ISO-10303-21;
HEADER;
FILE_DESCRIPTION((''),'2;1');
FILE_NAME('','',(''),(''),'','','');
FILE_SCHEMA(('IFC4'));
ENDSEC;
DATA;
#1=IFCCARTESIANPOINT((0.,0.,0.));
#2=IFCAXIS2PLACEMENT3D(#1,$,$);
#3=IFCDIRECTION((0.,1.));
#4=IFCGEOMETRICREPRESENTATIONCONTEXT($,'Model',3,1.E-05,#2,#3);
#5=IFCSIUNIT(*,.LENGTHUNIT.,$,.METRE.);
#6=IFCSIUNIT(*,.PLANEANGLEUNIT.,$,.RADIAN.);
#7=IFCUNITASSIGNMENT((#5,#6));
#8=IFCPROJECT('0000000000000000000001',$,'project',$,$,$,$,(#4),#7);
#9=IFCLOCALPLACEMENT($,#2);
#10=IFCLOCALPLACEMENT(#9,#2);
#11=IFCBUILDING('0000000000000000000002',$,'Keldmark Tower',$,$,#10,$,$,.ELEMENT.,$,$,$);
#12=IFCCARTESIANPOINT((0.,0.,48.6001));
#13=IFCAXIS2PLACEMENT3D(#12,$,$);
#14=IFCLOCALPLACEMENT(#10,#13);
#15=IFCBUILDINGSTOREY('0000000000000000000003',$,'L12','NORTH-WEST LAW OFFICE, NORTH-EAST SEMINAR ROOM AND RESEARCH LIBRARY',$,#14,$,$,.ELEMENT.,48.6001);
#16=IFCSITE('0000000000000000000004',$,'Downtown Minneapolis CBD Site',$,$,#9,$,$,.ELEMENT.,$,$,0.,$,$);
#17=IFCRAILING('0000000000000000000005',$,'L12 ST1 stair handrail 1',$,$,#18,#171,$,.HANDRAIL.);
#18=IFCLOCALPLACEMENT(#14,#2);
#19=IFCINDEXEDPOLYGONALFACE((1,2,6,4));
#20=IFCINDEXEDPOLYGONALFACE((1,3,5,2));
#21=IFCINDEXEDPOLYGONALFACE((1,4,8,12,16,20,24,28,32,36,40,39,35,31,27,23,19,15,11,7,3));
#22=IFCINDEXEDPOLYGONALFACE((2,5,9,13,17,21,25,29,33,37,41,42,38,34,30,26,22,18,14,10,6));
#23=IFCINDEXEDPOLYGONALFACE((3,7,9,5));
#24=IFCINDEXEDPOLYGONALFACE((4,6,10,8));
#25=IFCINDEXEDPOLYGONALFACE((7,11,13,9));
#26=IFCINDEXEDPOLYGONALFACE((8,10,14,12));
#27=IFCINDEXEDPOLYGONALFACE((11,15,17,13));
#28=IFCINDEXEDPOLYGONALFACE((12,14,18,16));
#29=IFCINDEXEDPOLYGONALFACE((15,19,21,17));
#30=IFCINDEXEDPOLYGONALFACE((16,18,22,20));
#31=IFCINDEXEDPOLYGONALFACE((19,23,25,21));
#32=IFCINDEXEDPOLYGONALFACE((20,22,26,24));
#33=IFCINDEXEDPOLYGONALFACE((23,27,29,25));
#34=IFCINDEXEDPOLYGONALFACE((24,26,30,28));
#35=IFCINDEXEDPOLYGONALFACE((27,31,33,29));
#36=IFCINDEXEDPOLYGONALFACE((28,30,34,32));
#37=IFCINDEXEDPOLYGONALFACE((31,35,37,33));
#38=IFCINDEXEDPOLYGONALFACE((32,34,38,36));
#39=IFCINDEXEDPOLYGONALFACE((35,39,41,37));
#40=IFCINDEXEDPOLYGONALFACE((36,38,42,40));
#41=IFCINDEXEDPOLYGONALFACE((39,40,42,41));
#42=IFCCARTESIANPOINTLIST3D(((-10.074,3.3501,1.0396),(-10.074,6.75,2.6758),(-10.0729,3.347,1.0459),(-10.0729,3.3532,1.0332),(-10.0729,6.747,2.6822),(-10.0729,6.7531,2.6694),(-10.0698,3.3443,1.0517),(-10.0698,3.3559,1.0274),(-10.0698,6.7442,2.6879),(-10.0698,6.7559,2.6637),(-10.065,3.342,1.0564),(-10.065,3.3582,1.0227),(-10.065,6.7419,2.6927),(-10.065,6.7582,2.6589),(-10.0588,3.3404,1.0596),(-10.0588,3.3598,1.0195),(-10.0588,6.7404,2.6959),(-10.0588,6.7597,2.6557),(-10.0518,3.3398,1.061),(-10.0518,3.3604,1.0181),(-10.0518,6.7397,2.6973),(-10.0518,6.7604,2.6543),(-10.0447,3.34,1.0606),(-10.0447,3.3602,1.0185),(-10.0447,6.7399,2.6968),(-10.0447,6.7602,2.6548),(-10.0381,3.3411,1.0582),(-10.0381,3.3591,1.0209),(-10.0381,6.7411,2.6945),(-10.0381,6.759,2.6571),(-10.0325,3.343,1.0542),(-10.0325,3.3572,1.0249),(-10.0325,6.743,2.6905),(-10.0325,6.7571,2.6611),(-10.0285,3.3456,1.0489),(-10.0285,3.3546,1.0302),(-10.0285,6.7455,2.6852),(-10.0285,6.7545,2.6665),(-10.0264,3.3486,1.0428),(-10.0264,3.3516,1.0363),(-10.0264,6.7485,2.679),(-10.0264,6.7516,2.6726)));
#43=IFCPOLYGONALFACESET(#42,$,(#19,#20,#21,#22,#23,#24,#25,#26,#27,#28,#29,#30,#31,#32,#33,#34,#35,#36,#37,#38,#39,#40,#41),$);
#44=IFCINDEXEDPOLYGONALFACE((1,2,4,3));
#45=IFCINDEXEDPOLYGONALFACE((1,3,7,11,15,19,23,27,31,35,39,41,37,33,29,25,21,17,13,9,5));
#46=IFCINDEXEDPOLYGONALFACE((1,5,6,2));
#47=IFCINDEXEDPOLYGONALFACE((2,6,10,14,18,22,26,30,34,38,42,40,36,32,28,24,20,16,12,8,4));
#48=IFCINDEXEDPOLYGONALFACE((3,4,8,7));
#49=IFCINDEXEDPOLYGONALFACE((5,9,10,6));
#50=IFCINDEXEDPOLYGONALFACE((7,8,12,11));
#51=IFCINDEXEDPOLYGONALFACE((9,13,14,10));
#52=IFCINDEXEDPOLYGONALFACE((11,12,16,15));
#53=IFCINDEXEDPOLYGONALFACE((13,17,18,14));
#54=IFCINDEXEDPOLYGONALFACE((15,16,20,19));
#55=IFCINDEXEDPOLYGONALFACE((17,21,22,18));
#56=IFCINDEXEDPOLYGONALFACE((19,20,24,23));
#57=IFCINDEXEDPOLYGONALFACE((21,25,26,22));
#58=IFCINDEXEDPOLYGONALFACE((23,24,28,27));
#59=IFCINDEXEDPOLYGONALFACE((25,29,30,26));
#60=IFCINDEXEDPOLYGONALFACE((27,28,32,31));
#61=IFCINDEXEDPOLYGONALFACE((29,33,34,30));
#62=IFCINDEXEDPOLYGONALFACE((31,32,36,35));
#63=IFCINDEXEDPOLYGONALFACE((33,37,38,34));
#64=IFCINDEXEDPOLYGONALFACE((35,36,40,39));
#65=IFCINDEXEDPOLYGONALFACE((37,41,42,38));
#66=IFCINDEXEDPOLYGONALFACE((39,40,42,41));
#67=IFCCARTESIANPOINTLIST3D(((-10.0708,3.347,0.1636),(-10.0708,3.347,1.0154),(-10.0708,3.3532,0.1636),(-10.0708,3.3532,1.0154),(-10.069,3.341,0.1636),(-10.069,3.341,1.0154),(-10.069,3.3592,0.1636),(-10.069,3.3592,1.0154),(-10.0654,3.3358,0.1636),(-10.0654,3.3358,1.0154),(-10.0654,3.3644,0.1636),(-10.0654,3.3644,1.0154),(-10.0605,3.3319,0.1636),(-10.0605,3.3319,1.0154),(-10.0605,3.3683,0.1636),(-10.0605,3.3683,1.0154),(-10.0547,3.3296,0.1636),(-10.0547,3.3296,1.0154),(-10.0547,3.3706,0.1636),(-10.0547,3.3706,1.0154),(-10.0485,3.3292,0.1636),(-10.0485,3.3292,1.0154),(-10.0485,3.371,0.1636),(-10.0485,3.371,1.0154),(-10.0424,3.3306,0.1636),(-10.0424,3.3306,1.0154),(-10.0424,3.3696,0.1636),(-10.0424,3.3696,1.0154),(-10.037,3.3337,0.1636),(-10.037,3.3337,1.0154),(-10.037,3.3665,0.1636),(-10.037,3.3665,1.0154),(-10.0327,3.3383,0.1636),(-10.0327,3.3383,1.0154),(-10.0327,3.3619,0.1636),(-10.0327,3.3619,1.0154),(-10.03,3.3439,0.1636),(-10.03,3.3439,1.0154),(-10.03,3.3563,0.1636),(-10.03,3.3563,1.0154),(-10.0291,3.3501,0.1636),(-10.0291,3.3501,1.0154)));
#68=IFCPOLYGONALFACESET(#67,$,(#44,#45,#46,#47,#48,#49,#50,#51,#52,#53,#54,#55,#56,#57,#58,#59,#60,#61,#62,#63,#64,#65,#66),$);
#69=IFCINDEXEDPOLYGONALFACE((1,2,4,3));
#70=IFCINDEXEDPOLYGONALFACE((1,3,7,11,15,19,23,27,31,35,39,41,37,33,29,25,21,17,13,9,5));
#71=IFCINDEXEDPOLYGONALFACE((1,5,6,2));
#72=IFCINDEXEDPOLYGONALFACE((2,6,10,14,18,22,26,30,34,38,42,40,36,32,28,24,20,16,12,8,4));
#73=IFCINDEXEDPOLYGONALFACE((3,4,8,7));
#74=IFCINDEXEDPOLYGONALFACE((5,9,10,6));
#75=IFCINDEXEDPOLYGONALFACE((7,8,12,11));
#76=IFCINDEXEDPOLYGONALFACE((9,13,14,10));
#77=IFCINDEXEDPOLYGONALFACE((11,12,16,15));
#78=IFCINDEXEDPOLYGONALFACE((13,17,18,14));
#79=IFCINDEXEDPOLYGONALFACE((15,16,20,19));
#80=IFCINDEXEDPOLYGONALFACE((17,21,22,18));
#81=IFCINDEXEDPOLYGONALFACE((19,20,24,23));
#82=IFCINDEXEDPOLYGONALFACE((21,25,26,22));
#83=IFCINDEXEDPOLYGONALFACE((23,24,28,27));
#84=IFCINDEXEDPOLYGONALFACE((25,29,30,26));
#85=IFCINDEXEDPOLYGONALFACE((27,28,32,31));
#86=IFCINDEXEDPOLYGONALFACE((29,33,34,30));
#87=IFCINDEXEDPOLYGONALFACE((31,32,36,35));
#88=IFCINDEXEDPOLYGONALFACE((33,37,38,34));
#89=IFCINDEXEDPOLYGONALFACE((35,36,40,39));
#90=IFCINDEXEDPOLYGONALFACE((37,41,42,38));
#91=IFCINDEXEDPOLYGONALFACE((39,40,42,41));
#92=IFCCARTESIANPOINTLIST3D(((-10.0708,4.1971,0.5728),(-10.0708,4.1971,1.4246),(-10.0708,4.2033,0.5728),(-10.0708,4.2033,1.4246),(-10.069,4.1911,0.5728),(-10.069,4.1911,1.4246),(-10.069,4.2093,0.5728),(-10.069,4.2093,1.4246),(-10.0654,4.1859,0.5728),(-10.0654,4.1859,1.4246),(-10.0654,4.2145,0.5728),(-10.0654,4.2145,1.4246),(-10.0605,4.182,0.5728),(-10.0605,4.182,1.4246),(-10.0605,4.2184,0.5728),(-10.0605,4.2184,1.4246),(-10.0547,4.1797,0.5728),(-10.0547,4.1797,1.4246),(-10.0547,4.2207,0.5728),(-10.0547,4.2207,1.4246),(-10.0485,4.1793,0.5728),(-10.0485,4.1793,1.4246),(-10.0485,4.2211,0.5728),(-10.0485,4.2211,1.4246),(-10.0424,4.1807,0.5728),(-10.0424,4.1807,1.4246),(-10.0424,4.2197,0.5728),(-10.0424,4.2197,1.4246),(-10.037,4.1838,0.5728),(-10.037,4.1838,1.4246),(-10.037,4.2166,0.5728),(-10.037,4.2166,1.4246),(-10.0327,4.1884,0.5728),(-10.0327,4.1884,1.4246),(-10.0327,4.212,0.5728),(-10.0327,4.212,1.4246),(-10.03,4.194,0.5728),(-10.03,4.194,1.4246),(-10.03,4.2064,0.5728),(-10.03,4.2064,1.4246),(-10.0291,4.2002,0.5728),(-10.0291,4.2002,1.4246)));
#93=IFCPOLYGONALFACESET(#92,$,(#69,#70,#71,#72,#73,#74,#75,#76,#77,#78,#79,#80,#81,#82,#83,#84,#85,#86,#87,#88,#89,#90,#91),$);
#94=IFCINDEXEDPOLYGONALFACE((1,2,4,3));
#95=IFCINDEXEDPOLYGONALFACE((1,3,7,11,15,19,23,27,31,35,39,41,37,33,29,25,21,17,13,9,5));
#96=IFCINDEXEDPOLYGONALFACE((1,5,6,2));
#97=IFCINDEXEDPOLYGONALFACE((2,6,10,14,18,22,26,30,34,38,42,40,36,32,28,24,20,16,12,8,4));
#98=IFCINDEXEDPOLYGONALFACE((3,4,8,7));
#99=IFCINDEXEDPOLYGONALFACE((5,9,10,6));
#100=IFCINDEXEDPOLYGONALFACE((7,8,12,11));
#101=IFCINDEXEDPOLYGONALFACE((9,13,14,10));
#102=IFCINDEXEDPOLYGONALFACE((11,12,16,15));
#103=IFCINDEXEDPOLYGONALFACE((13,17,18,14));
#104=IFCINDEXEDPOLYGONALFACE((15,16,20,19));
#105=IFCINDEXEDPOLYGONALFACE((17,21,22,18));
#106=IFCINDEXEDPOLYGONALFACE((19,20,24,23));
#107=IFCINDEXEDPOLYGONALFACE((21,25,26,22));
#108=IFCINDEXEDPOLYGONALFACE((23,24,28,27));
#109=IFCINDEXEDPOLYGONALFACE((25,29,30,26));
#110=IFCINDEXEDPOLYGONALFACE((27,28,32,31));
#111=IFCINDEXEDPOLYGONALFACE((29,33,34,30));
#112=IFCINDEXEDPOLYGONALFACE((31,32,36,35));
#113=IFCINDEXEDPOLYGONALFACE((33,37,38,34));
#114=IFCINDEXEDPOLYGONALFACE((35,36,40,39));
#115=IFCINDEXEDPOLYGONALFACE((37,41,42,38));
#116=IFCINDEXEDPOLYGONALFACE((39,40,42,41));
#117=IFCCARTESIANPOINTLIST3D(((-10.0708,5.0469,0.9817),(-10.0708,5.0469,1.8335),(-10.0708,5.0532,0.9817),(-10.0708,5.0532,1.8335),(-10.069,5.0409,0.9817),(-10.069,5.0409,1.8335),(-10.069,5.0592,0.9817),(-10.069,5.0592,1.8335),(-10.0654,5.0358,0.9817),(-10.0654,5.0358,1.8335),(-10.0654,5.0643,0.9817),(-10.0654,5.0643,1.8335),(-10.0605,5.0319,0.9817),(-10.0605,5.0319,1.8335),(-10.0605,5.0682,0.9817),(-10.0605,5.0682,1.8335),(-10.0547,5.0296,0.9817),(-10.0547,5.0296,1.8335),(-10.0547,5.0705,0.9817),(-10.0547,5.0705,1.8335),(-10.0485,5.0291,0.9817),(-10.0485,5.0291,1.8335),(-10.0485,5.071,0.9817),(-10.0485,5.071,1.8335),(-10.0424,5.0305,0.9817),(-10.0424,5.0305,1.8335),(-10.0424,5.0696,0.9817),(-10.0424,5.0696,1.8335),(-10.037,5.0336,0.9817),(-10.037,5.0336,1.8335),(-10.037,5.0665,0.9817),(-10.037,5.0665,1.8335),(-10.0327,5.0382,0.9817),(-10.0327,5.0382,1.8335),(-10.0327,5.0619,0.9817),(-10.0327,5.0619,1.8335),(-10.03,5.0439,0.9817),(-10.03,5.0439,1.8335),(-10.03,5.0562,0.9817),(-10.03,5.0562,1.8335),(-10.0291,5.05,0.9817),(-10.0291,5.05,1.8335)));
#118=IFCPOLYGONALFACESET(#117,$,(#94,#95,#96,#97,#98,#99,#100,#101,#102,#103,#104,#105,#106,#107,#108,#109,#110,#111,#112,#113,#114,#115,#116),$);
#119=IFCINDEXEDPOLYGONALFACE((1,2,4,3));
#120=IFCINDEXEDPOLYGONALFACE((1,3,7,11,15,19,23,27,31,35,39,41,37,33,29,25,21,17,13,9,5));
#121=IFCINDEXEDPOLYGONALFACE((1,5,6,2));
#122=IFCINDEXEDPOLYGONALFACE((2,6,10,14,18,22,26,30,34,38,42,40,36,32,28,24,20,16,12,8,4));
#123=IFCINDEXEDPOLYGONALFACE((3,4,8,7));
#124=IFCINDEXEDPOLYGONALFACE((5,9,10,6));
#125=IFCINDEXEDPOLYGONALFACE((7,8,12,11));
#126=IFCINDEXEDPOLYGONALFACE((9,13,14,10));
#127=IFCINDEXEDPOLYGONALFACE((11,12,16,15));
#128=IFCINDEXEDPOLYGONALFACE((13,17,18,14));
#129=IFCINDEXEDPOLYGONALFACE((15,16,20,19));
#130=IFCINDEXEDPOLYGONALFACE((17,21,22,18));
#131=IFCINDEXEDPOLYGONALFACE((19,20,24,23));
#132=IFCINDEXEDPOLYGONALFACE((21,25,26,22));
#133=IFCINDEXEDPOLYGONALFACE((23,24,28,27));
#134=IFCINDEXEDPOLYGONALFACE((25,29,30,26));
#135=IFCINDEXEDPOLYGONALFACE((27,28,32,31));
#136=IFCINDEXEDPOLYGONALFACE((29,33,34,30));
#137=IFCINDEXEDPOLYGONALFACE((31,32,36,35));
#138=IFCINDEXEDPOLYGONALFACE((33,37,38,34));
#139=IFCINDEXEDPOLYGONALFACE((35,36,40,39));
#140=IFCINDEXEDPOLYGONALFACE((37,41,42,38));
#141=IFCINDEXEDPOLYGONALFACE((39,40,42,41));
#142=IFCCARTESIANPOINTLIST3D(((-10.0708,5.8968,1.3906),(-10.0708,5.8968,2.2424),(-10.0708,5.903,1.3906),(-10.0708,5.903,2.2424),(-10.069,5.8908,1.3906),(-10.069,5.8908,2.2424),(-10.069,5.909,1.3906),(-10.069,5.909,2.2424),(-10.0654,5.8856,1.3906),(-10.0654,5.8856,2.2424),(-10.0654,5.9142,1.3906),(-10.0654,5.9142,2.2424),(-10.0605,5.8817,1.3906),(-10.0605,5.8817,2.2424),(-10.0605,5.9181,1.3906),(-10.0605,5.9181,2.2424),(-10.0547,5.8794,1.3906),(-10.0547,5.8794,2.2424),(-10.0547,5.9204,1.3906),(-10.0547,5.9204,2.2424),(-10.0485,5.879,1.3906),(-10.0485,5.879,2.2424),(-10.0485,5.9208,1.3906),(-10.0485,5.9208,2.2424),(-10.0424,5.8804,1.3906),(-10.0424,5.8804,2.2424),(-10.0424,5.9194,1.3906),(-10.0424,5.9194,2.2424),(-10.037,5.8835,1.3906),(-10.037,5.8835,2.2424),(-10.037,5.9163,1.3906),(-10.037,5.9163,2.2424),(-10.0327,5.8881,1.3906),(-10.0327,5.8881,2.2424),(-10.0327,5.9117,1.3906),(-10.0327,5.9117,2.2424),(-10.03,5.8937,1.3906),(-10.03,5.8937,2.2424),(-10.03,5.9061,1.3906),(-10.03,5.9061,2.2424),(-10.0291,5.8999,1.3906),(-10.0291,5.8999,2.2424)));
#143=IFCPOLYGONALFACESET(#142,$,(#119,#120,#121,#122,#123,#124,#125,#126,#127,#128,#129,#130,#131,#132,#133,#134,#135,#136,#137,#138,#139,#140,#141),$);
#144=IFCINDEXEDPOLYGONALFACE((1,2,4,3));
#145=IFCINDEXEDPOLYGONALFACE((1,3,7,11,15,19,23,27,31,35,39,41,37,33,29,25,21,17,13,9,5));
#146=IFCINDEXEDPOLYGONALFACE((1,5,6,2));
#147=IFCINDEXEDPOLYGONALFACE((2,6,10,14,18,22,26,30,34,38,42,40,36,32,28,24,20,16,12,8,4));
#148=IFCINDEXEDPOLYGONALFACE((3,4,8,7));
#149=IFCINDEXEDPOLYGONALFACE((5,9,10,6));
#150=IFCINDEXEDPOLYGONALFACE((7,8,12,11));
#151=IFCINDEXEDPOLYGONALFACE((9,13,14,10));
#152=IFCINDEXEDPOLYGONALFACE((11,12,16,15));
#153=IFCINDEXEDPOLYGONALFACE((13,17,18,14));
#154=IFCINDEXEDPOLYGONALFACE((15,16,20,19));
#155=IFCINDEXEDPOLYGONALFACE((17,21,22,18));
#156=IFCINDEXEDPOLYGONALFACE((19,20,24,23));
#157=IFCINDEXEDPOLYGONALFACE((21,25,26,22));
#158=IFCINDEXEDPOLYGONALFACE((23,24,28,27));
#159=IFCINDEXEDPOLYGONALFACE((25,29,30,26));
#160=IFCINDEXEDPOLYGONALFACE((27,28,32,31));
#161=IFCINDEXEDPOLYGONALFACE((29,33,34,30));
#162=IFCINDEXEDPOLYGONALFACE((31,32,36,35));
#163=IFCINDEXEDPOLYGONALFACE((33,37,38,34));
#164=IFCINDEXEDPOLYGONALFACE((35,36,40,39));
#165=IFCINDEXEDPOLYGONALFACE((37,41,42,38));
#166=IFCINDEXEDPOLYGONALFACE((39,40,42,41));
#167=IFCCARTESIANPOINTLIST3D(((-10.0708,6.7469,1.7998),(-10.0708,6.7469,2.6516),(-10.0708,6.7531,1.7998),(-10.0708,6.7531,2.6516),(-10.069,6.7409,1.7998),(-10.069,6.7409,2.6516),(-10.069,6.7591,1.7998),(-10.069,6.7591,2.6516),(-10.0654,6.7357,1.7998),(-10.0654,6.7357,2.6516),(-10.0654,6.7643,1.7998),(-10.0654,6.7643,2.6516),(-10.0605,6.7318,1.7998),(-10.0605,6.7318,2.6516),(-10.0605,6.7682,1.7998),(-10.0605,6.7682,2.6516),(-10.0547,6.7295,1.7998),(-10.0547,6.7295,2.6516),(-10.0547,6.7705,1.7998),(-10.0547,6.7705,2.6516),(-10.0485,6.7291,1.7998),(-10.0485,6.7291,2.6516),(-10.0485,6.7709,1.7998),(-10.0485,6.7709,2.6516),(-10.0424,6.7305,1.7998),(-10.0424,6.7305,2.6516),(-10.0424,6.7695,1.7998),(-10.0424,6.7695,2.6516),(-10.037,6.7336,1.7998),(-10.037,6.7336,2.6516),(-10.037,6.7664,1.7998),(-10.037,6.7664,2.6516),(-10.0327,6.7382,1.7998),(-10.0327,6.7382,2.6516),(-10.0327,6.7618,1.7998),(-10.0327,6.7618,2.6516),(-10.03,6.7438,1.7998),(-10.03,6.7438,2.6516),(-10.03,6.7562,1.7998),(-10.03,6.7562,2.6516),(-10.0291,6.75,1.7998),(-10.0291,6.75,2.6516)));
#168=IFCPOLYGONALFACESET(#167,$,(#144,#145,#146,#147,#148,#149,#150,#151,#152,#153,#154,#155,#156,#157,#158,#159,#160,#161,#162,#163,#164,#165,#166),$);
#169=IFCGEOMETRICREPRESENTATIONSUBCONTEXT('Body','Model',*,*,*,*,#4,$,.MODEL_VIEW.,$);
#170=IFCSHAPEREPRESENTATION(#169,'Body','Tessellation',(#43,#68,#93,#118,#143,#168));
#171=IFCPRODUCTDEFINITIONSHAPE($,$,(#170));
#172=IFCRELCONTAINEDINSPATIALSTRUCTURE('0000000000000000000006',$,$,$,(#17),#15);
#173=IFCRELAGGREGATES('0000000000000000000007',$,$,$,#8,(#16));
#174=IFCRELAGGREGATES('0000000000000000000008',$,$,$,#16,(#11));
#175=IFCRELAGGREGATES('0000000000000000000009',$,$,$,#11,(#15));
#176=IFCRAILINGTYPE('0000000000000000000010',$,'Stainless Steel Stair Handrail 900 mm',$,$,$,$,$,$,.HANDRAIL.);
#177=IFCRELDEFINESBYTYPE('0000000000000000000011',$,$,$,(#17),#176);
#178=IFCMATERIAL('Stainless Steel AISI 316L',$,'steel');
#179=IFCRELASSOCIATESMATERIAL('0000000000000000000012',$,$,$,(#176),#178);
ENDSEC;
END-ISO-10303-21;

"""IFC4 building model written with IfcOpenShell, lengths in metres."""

from ifc_helpers import new_model, si_unit, direction, frame, origin, origin_2d, place, context, subcontext, project, spatial, circle, extrude, material, type_object, element, save


model = new_model("IFC4")

# Units and contexts
model_context = context("Model", 3, precision=1e-05, world=origin(), true_north=direction((0.0, 1.0)))
body_context = subcontext(model_context, "Body", "Model", "MODEL_VIEW")
ifc_project = project(units=[si_unit("LENGTHUNIT", "METRE"), si_unit("PLANEANGLEUNIT", "RADIAN")], contexts=[model_context])

# Site, building, storey
site_placement = place(None, origin())
site = spatial("IfcSite", under=ifc_project, at=site_placement, Name="Downtown Minneapolis CBD Site", CompositionType="ELEMENT", RefElevation=0.0)
building_placement = place(site_placement, origin())
building = spatial("IfcBuilding", under=site, at=building_placement, Name="Keldmark Tower", CompositionType="ELEMENT")
storey_placement = place(building_placement, frame((0.0, 0.0, 48.6001)))
storey = spatial("IfcBuildingStorey", under=building, at=storey_placement, Name="L12", Description="NORTH-WEST LAW OFFICE, NORTH-EAST SEMINAR ROOM AND RESEARCH LIBRARY", CompositionType="ELEMENT", Elevation=48.6001)

# Railing
ifc_material_1 = material(Name="Stainless Steel AISI 316L", Category="steel")
railing_type_1 = type_object("IfcRailingType", Name="Stainless Steel Stair Handrail 900 mm", PredefinedType="HANDRAIL", material=ifc_material_1)
railing_1_placement = place(storey_placement, frame((-10.05, 3.3501, 0.1636)))
element("IfcRailing", 1, at=railing_1_placement, inside=storey, type_object=railing_type_1, Name="L12 ST1 stair handrail 1", PredefinedType="HANDRAIL", context=body_context, shape_type="SweptSolid", body=[
    extrude(circle(Radius=0.0239, at=origin_2d()), frame((0.0, 0.0, 0.876), z_axis=(0.0, 0.90108, 0.433652), x_axis=(-1.0, 0.0, 0.0)), (0.0, 0.0, 1.0), 3.7732),
    extrude(circle(Radius=0.021, at=origin_2d()), origin(), (0.0, 0.0, 1.0), 0.8518),
    extrude(circle(Radius=0.021, at=origin_2d()), frame((0.0, 0.8501, 0.4092)), (0.0, 0.0, 1.0), 0.8518),
    extrude(circle(Radius=0.021, at=origin_2d()), frame((0.0, 1.7, 0.8181)), (0.0, 0.0, 1.0), 0.8518),
    extrude(circle(Radius=0.021, at=origin_2d()), frame((0.0, 2.5498, 1.2271)), (0.0, 0.0, 1.0), 0.8518),
    extrude(circle(Radius=0.021, at=origin_2d()), frame((0.0, 3.3999, 1.6362)), (0.0, 0.0, 1.0), 0.8518),
])

save(model, "model.ifc")
